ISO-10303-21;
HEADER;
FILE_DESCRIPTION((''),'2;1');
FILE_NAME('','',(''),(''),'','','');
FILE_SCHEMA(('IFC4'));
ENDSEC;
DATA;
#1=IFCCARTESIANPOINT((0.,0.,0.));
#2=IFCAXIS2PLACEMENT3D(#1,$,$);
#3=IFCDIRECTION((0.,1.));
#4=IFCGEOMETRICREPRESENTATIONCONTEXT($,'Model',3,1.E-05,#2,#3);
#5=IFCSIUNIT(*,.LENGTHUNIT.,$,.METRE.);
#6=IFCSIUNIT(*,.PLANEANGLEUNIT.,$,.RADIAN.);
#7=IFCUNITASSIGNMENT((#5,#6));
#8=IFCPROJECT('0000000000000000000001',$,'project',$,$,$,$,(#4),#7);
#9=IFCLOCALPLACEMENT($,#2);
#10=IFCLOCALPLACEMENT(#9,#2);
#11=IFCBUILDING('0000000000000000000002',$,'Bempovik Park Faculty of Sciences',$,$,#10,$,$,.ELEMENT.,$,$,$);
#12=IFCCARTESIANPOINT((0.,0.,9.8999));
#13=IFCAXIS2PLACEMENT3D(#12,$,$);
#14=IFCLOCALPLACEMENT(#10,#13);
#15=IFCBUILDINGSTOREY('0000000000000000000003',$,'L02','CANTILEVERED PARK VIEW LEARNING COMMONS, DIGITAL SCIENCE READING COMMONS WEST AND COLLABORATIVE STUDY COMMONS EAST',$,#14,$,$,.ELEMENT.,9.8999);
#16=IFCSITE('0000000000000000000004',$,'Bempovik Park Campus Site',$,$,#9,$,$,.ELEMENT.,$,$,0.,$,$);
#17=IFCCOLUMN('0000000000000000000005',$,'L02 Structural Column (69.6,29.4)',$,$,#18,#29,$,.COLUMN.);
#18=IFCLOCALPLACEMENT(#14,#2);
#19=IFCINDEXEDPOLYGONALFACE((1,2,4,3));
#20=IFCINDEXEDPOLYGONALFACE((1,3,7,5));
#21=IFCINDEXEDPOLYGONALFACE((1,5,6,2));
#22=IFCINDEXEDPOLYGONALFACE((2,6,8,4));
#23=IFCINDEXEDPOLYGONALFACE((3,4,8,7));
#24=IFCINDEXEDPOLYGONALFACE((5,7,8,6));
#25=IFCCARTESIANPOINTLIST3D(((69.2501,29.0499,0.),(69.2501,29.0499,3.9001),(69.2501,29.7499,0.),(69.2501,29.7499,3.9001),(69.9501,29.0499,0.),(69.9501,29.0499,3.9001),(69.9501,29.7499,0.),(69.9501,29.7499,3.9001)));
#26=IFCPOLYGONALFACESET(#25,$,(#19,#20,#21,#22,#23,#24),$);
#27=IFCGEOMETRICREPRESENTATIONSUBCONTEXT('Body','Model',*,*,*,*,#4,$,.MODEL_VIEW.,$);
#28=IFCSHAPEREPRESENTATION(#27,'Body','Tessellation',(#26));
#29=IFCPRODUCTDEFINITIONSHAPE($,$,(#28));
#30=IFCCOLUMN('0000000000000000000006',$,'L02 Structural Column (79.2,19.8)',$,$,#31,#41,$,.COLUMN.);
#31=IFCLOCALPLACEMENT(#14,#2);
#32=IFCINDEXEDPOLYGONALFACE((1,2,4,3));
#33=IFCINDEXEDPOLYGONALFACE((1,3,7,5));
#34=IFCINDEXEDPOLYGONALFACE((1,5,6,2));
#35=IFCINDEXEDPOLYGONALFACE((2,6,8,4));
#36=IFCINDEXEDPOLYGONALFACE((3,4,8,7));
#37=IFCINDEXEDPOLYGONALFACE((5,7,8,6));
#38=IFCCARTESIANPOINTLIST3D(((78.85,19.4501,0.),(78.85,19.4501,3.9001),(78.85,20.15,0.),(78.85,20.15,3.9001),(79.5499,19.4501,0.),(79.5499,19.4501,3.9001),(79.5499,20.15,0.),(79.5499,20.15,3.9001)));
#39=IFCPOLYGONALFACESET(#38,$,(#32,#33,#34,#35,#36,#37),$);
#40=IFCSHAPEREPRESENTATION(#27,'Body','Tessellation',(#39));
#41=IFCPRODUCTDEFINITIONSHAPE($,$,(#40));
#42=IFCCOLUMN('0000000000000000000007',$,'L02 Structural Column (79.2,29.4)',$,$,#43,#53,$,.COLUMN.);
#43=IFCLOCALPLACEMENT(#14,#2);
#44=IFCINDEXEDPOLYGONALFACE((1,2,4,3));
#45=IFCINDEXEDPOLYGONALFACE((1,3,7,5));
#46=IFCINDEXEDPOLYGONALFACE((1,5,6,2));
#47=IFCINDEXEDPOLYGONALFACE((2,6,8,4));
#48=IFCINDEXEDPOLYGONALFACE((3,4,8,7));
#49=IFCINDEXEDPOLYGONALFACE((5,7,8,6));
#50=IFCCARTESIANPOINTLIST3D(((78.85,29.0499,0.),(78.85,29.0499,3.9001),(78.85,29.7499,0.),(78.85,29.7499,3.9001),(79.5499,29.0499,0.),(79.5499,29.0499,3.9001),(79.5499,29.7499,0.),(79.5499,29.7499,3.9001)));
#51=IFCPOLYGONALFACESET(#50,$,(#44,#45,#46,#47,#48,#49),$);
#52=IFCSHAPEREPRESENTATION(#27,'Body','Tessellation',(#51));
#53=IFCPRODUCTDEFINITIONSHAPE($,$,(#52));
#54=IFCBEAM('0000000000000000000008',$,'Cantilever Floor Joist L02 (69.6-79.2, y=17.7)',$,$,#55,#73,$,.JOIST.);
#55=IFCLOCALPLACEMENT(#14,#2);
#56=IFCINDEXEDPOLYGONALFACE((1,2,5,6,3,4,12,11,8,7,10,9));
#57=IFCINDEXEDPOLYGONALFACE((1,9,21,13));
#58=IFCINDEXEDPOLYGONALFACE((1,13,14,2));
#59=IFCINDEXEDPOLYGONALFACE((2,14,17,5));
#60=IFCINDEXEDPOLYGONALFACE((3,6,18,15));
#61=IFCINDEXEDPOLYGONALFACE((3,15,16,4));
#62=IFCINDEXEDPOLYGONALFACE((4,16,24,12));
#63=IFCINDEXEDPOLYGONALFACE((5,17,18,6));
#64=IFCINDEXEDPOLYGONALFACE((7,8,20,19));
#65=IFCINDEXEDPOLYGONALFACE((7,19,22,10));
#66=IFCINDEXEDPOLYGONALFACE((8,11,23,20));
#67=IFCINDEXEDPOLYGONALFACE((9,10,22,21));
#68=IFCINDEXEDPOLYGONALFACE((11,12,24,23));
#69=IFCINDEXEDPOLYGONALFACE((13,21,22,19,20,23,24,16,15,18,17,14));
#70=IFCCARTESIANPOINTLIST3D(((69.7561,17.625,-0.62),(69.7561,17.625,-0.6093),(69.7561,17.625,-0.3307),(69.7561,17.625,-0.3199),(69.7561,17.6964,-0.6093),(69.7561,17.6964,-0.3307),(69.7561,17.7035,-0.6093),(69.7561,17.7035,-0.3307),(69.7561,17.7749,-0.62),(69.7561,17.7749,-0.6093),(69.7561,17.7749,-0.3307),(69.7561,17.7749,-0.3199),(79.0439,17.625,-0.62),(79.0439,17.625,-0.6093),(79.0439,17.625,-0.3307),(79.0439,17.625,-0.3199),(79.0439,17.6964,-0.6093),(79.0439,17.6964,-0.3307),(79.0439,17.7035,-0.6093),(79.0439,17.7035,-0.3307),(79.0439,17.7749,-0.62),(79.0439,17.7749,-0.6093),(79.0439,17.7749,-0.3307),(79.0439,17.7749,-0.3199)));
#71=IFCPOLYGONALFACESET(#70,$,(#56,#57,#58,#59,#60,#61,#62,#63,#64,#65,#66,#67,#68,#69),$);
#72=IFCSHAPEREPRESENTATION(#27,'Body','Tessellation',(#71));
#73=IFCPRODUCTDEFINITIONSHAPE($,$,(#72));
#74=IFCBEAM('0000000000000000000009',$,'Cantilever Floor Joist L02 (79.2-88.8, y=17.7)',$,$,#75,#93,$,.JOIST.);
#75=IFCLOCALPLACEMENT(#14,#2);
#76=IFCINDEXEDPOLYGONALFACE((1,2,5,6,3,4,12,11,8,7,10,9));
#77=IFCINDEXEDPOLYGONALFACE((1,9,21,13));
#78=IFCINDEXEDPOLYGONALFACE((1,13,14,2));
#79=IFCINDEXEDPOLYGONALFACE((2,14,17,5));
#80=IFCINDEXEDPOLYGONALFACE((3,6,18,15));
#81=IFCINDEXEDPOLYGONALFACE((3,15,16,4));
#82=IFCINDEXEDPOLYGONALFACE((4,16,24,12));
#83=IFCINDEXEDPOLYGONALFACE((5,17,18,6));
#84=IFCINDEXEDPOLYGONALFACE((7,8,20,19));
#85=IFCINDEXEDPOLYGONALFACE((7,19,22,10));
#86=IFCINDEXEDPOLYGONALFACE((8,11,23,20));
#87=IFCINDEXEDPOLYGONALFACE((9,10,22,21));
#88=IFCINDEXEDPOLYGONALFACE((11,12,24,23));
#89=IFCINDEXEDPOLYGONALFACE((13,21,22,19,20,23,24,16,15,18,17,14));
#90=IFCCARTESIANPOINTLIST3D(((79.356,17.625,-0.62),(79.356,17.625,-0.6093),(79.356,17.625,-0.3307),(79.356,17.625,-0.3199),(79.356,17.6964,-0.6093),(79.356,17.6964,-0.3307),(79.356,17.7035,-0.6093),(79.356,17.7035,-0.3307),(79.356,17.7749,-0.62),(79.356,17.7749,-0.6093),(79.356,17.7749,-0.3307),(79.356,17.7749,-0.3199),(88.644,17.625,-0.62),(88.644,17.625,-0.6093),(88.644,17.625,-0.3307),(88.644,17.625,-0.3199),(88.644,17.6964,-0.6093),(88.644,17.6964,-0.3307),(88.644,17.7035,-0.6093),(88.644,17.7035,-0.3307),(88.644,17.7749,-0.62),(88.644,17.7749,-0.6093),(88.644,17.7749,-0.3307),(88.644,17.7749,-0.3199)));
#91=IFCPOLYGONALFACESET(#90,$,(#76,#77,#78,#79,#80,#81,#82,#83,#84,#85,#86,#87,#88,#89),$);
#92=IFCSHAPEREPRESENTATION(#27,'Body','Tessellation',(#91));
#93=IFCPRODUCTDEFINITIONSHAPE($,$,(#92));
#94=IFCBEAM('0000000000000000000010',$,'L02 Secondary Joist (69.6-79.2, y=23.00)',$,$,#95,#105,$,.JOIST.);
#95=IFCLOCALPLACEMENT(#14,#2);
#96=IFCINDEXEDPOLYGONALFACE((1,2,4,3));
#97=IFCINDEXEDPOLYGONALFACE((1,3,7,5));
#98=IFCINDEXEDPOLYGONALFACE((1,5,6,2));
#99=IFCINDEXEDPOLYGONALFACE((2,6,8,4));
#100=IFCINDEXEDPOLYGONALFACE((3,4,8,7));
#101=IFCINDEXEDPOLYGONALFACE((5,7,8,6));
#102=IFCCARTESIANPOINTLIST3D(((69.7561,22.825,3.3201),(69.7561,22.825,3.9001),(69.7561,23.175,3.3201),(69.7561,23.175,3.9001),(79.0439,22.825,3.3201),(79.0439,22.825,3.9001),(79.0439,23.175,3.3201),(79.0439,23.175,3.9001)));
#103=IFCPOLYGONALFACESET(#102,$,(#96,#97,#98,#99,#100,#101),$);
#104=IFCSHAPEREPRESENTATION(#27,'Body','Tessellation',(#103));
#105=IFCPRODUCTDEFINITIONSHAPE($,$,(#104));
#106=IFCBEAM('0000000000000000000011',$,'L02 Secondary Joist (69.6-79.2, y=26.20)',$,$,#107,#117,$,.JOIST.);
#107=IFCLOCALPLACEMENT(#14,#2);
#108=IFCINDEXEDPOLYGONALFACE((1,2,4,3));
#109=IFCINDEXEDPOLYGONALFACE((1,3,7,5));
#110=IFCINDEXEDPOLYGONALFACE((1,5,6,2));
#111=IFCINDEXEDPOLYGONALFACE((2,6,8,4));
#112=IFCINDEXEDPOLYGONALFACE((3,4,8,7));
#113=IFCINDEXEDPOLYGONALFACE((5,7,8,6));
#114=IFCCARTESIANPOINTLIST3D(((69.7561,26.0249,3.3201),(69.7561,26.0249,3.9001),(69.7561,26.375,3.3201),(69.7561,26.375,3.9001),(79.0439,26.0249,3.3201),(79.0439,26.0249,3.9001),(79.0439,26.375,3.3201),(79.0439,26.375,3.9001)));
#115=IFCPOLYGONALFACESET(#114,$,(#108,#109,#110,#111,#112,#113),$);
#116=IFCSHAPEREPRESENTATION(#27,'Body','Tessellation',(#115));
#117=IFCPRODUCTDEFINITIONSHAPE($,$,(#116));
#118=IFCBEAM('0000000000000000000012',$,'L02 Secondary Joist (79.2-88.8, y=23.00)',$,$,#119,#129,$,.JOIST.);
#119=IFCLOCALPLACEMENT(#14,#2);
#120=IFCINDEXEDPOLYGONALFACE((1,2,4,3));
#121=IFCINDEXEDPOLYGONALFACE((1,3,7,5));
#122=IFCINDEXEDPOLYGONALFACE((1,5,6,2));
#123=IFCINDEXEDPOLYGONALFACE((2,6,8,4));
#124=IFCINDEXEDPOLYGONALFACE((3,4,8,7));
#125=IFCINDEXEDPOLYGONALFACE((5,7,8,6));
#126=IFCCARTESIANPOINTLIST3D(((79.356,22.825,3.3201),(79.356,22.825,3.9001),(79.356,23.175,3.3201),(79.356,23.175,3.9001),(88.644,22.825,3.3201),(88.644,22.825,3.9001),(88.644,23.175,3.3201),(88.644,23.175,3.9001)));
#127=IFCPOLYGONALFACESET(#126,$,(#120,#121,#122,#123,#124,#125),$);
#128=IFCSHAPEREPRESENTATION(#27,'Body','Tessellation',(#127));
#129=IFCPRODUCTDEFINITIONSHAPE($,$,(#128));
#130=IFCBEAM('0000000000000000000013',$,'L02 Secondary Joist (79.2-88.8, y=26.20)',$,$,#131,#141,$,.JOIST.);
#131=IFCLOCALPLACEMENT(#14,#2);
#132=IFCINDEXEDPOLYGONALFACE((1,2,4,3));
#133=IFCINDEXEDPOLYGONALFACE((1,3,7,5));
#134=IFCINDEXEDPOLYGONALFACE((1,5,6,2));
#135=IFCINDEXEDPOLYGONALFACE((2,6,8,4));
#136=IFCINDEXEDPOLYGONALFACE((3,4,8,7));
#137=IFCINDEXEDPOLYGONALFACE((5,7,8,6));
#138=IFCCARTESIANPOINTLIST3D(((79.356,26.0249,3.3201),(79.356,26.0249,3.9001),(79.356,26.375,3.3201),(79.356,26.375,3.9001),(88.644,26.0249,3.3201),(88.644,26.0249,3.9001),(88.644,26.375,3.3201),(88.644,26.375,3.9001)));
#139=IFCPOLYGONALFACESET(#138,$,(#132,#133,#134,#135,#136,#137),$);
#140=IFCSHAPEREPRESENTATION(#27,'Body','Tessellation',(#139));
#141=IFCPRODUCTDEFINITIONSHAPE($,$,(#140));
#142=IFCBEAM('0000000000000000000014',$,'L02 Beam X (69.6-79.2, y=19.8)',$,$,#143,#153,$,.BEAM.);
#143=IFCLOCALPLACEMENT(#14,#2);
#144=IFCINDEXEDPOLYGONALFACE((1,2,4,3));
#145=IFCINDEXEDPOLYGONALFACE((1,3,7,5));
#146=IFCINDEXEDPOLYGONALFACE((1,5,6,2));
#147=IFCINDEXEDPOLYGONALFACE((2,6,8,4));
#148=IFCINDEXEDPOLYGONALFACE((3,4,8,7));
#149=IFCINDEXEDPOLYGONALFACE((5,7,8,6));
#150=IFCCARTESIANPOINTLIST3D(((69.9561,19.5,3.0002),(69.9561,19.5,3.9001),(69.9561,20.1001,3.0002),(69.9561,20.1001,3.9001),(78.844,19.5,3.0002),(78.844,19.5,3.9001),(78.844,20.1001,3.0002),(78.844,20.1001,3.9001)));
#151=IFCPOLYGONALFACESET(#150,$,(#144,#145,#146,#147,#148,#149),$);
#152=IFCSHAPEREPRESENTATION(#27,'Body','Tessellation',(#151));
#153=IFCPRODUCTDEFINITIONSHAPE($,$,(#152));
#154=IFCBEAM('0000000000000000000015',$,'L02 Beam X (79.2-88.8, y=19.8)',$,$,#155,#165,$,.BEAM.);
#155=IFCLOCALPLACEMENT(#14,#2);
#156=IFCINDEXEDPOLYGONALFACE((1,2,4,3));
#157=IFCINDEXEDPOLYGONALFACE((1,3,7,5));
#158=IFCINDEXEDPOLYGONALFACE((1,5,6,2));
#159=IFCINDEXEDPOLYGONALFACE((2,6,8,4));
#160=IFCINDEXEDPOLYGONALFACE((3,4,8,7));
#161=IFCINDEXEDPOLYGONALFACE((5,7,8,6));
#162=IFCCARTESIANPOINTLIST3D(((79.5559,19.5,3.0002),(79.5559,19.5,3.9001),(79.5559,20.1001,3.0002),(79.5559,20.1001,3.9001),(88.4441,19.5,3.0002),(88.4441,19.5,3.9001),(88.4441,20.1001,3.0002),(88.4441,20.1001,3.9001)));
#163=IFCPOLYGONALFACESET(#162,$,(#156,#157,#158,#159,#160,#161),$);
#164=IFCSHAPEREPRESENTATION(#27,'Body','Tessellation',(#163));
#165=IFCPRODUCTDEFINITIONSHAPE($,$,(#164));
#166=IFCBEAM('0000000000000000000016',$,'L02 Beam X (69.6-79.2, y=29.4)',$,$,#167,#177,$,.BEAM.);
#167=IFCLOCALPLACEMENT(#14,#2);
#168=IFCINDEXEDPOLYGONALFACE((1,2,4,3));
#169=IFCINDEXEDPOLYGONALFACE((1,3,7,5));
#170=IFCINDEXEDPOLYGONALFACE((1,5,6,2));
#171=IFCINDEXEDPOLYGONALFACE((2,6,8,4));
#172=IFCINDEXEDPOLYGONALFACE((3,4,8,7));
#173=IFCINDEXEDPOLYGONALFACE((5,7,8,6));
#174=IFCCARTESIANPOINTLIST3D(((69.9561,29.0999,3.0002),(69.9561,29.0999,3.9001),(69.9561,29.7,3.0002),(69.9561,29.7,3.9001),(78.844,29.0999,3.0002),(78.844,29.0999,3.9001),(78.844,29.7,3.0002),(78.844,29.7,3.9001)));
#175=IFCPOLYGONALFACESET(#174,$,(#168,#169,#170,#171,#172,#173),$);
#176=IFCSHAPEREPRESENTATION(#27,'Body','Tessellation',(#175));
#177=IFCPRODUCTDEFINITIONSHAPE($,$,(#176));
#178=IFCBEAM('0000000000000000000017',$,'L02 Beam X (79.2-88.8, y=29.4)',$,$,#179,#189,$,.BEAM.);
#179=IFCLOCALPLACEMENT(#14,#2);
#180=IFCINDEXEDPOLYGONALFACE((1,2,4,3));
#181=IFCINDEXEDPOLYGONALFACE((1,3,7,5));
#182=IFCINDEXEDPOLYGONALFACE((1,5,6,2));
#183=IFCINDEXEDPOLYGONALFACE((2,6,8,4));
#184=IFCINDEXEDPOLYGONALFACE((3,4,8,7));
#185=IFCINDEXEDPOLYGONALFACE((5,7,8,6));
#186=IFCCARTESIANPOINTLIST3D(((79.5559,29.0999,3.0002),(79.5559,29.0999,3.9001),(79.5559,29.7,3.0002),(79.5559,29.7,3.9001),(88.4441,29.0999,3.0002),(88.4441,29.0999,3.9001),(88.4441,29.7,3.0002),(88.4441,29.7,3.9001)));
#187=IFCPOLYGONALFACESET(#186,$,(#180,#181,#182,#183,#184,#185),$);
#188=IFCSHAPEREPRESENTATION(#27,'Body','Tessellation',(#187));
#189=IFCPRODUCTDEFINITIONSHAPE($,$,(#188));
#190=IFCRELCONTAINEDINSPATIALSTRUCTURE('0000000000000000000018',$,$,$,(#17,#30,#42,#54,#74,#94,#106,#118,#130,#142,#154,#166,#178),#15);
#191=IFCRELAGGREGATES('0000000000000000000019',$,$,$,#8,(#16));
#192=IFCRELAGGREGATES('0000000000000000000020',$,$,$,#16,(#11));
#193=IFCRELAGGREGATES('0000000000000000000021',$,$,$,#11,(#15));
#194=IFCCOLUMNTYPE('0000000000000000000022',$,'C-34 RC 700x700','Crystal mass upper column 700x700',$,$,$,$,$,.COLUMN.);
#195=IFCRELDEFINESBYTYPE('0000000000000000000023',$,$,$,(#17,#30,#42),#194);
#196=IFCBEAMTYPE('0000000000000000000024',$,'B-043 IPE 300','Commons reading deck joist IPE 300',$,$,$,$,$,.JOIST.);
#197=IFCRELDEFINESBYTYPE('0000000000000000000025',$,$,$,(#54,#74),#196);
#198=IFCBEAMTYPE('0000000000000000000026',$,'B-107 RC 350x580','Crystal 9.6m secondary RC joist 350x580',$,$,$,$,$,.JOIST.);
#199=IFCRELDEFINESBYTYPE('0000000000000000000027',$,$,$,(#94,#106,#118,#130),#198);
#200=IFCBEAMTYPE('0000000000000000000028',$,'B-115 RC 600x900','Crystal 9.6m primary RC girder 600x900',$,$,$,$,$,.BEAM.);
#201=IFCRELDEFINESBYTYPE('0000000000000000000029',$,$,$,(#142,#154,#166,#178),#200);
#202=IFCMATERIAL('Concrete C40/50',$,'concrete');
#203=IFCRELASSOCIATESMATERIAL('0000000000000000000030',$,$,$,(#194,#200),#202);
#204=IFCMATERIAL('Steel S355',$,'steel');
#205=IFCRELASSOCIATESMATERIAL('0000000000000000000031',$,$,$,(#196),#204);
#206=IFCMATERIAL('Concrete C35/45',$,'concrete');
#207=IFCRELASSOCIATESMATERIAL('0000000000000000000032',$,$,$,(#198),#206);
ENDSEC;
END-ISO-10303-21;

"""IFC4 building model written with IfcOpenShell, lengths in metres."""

from ifc_helpers import new_model, si_unit, direction, frame, origin, origin_2d, place, context, subcontext, project, spatial, rectangle, i_section, extrude, material, material_profile, profile_set, type_object, element, save


model = new_model("IFC4")

# Units and contexts
model_context = context("Model", 3, precision=1e-05, world=origin(), true_north=direction((0.0, 1.0)))
body_context = subcontext(model_context, "Body", "Model", "MODEL_VIEW")
ifc_project = project(units=[si_unit("LENGTHUNIT", "METRE"), si_unit("PLANEANGLEUNIT", "RADIAN")], contexts=[model_context])

# Site, building, storey
site_placement = place(None, origin())
site = spatial("IfcSite", under=ifc_project, at=site_placement, Name="Bempovik Park Campus Site", CompositionType="ELEMENT", RefElevation=0.0)
building_placement = place(site_placement, origin())
building = spatial("IfcBuilding", under=site, at=building_placement, Name="Bempovik Park Faculty of Sciences", CompositionType="ELEMENT")
storey_placement = place(building_placement, frame((0.0, 0.0, 9.8999)))
storey = spatial("IfcBuildingStorey", under=building, at=storey_placement, Name="L02", Description="CANTILEVERED PARK VIEW LEARNING COMMONS, DIGITAL SCIENCE READING COMMONS WEST AND COLLABORATIVE STUDY COMMONS EAST", CompositionType="ELEMENT", Elevation=9.8999)

# Columns
ifc_material_1 = material(Name="Concrete C40/50", Category="concrete")
ifc_material_profile_1 = material_profile(ifc_material_1, rectangle(XDim=0.7, YDim=0.7, at=origin_2d()), Name="RC 700x700")
ifc_profile_set_1 = profile_set([ifc_material_profile_1], Name="Concrete C40/50")
column_type = type_object("IfcColumnType", Name="C-34 RC 700x700", Description="Crystal mass upper column 700x700", PredefinedType="COLUMN", material=ifc_profile_set_1)
for number, where, z_axis, x_axis, name in (
    (1, (69.6001, 29.3999, 0.0), (0.0, 0.0, 1.0), (1.0, 0.0, 0.0), "L02 Structural Column (69.6,29.4)"),
    (2, (79.2, 19.8, 0.0), (0.0, 0.0, 1.0), (1.0, 0.0, 0.0), "L02 Structural Column (79.2,19.8)"),
    (3, (79.2, 29.3999, 0.0), (0.0, 0.0, 1.0), (1.0, 0.0, 0.0), "L02 Structural Column (79.2,29.4)"),
):
    element("IfcColumn", number, at=place(storey_placement, frame(where, z_axis=z_axis, x_axis=x_axis)), inside=storey, type_object=column_type, Name=name, PredefinedType="COLUMN", context=body_context, shape_type="SweptSolid", body=[
        extrude(rectangle(XDim=0.7, YDim=0.7, at=origin_2d()), origin(), (0.0, 0.0, 1.0), 3.9001),
    ])

# Beams
ifc_material_2 = material(Name="Steel S355", Category="steel")
ifc_material_profile_2 = material_profile(ifc_material_2, i_section(OverallWidth=0.1499, OverallDepth=0.3, WebThickness=0.0071, FlangeThickness=0.0107, at=origin_2d()), Name="IPE 300")
ifc_profile_set_2 = profile_set([ifc_material_profile_2], Name="Steel S355")
beam_type_1 = type_object("IfcBeamType", Name="B-043 IPE 300", Description="Commons reading deck joist IPE 300", PredefinedType="JOIST", material=ifc_profile_set_2)
beam_1_placement = place(storey_placement, frame((69.7561, 17.7, -0.47), z_axis=(1.0, 0.0, 0.0), x_axis=(0.0, 1.0, 0.0)))
element("IfcBeam", 4, at=beam_1_placement, inside=storey, type_object=beam_type_1, Name="Cantilever Floor Joist L02 (69.6-79.2, y=17.7)", PredefinedType="JOIST", context=body_context, shape_type="SweptSolid", body=[
    extrude(i_section(OverallWidth=0.1499, OverallDepth=0.3, WebThickness=0.0071, FlangeThickness=0.0107, at=origin_2d()), origin(), (0.0, 0.0, 1.0), 9.2878),
])
beam_2_placement = place(storey_placement, frame((79.356, 17.7, -0.47), z_axis=(1.0, 0.0, 0.0), x_axis=(0.0, 1.0, 0.0)))
element("IfcBeam", 5, at=beam_2_placement, inside=storey, type_object=beam_type_1, Name="Cantilever Floor Joist L02 (79.2-88.8, y=17.7)", PredefinedType="JOIST", context=body_context, shape_type="SweptSolid", body=[
    extrude(i_section(OverallWidth=0.1499, OverallDepth=0.3, WebThickness=0.0071, FlangeThickness=0.0107, at=origin_2d()), origin(), (0.0, 0.0, 1.0), 9.2881),
])
ifc_material_3 = material(Name="Concrete C35/45", Category="concrete")
ifc_material_profile_3 = material_profile(ifc_material_3, rectangle(XDim=0.3501, YDim=0.5801, at=origin_2d()), Name="RC 350x580")
ifc_profile_set_3 = profile_set([ifc_material_profile_3], Name="Concrete C35/45")
beam_type_2 = type_object("IfcBeamType", Name="B-107 RC 350x580", Description="Crystal 9.6m secondary RC joist 350x580", PredefinedType="JOIST", material=ifc_profile_set_3)
for number, where, z_axis, x_axis, name in (
    (6, (69.7561, 23.0, 3.6101), (1.0, 0.0, 0.0), (0.0, 1.0, 0.0), "L02 Secondary Joist (69.6-79.2, y=23.00)"),
    (7, (69.7561, 26.2, 3.6101), (1.0, 0.0, 0.0), (0.0, 1.0, 0.0), "L02 Secondary Joist (69.6-79.2, y=26.20)"),
):
    element("IfcBeam", number, at=place(storey_placement, frame(where, z_axis=z_axis, x_axis=x_axis)), inside=storey, type_object=beam_type_2, Name=name, PredefinedType="JOIST", context=body_context, shape_type="SweptSolid", body=[
        extrude(rectangle(XDim=0.3501, YDim=0.5801, at=origin_2d()), origin(), (0.0, 0.0, 1.0), 9.2878),
    ])
for number, where, z_axis, x_axis, name in (
    (8, (79.356, 23.0, 3.6101), (1.0, 0.0, 0.0), (0.0, 1.0, 0.0), "L02 Secondary Joist (79.2-88.8, y=23.00)"),
    (9, (79.356, 26.2, 3.6101), (1.0, 0.0, 0.0), (0.0, 1.0, 0.0), "L02 Secondary Joist (79.2-88.8, y=26.20)"),
):
    element("IfcBeam", number, at=place(storey_placement, frame(where, z_axis=z_axis, x_axis=x_axis)), inside=storey, type_object=beam_type_2, Name=name, PredefinedType="JOIST", context=body_context, shape_type="SweptSolid", body=[
        extrude(rectangle(XDim=0.3501, YDim=0.5801, at=origin_2d()), origin(), (0.0, 0.0, 1.0), 9.2881),
    ])
ifc_material_profile_4 = material_profile(ifc_material_1, rectangle(XDim=0.6001, YDim=0.8999, at=origin_2d()), Name="RC 600x900")
ifc_profile_set_4 = profile_set([ifc_material_profile_4], Name="Concrete C40/50")
beam_type_3 = type_object("IfcBeamType", Name="B-115 RC 600x900", Description="Crystal 9.6m primary RC girder 600x900", PredefinedType="BEAM", material=ifc_profile_set_4)
beam_3_placement = place(storey_placement, frame((69.9561, 19.8, 3.4502), z_axis=(1.0, 0.0, 0.0), x_axis=(0.0, 1.0, 0.0)))
element("IfcBeam", 10, at=beam_3_placement, inside=storey, type_object=beam_type_3, Name="L02 Beam X (69.6-79.2, y=19.8)", PredefinedType="BEAM", context=body_context, shape_type="SweptSolid", body=[
    extrude(rectangle(XDim=0.6001, YDim=0.8999, at=origin_2d()), origin(), (0.0, 0.0, 1.0), 8.8879),
])
beam_4_placement = place(storey_placement, frame((79.5559, 19.8, 3.4502), z_axis=(1.0, 0.0, 0.0), x_axis=(0.0, 1.0, 0.0)))
element("IfcBeam", 11, at=beam_4_placement, inside=storey, type_object=beam_type_3, Name="L02 Beam X (79.2-88.8, y=19.8)", PredefinedType="BEAM", context=body_context, shape_type="SweptSolid", body=[
    extrude(rectangle(XDim=0.6001, YDim=0.8999, at=origin_2d()), origin(), (0.0, 0.0, 1.0), 8.8882),
])
beam_5_placement = place(storey_placement, frame((69.9561, 29.3999, 3.4502), z_axis=(1.0, 0.0, 0.0), x_axis=(0.0, 1.0, 0.0)))
element("IfcBeam", 12, at=beam_5_placement, inside=storey, type_object=beam_type_3, Name="L02 Beam X (69.6-79.2, y=29.4)", PredefinedType="BEAM", context=body_context, shape_type="SweptSolid", body=[
    extrude(rectangle(XDim=0.6001, YDim=0.8999, at=origin_2d()), origin(), (0.0, 0.0, 1.0), 8.8879),
])
beam_6_placement = place(storey_placement, frame((79.5559, 29.3999, 3.4502), z_axis=(1.0, 0.0, 0.0), x_axis=(0.0, 1.0, 0.0)))
element("IfcBeam", 13, at=beam_6_placement, inside=storey, type_object=beam_type_3, Name="L02 Beam X (79.2-88.8, y=29.4)", PredefinedType="BEAM", context=body_context, shape_type="SweptSolid", body=[
    extrude(rectangle(XDim=0.6001, YDim=0.8999, at=origin_2d()), origin(), (0.0, 0.0, 1.0), 8.8882),
])

save(model, "model.ifc")
